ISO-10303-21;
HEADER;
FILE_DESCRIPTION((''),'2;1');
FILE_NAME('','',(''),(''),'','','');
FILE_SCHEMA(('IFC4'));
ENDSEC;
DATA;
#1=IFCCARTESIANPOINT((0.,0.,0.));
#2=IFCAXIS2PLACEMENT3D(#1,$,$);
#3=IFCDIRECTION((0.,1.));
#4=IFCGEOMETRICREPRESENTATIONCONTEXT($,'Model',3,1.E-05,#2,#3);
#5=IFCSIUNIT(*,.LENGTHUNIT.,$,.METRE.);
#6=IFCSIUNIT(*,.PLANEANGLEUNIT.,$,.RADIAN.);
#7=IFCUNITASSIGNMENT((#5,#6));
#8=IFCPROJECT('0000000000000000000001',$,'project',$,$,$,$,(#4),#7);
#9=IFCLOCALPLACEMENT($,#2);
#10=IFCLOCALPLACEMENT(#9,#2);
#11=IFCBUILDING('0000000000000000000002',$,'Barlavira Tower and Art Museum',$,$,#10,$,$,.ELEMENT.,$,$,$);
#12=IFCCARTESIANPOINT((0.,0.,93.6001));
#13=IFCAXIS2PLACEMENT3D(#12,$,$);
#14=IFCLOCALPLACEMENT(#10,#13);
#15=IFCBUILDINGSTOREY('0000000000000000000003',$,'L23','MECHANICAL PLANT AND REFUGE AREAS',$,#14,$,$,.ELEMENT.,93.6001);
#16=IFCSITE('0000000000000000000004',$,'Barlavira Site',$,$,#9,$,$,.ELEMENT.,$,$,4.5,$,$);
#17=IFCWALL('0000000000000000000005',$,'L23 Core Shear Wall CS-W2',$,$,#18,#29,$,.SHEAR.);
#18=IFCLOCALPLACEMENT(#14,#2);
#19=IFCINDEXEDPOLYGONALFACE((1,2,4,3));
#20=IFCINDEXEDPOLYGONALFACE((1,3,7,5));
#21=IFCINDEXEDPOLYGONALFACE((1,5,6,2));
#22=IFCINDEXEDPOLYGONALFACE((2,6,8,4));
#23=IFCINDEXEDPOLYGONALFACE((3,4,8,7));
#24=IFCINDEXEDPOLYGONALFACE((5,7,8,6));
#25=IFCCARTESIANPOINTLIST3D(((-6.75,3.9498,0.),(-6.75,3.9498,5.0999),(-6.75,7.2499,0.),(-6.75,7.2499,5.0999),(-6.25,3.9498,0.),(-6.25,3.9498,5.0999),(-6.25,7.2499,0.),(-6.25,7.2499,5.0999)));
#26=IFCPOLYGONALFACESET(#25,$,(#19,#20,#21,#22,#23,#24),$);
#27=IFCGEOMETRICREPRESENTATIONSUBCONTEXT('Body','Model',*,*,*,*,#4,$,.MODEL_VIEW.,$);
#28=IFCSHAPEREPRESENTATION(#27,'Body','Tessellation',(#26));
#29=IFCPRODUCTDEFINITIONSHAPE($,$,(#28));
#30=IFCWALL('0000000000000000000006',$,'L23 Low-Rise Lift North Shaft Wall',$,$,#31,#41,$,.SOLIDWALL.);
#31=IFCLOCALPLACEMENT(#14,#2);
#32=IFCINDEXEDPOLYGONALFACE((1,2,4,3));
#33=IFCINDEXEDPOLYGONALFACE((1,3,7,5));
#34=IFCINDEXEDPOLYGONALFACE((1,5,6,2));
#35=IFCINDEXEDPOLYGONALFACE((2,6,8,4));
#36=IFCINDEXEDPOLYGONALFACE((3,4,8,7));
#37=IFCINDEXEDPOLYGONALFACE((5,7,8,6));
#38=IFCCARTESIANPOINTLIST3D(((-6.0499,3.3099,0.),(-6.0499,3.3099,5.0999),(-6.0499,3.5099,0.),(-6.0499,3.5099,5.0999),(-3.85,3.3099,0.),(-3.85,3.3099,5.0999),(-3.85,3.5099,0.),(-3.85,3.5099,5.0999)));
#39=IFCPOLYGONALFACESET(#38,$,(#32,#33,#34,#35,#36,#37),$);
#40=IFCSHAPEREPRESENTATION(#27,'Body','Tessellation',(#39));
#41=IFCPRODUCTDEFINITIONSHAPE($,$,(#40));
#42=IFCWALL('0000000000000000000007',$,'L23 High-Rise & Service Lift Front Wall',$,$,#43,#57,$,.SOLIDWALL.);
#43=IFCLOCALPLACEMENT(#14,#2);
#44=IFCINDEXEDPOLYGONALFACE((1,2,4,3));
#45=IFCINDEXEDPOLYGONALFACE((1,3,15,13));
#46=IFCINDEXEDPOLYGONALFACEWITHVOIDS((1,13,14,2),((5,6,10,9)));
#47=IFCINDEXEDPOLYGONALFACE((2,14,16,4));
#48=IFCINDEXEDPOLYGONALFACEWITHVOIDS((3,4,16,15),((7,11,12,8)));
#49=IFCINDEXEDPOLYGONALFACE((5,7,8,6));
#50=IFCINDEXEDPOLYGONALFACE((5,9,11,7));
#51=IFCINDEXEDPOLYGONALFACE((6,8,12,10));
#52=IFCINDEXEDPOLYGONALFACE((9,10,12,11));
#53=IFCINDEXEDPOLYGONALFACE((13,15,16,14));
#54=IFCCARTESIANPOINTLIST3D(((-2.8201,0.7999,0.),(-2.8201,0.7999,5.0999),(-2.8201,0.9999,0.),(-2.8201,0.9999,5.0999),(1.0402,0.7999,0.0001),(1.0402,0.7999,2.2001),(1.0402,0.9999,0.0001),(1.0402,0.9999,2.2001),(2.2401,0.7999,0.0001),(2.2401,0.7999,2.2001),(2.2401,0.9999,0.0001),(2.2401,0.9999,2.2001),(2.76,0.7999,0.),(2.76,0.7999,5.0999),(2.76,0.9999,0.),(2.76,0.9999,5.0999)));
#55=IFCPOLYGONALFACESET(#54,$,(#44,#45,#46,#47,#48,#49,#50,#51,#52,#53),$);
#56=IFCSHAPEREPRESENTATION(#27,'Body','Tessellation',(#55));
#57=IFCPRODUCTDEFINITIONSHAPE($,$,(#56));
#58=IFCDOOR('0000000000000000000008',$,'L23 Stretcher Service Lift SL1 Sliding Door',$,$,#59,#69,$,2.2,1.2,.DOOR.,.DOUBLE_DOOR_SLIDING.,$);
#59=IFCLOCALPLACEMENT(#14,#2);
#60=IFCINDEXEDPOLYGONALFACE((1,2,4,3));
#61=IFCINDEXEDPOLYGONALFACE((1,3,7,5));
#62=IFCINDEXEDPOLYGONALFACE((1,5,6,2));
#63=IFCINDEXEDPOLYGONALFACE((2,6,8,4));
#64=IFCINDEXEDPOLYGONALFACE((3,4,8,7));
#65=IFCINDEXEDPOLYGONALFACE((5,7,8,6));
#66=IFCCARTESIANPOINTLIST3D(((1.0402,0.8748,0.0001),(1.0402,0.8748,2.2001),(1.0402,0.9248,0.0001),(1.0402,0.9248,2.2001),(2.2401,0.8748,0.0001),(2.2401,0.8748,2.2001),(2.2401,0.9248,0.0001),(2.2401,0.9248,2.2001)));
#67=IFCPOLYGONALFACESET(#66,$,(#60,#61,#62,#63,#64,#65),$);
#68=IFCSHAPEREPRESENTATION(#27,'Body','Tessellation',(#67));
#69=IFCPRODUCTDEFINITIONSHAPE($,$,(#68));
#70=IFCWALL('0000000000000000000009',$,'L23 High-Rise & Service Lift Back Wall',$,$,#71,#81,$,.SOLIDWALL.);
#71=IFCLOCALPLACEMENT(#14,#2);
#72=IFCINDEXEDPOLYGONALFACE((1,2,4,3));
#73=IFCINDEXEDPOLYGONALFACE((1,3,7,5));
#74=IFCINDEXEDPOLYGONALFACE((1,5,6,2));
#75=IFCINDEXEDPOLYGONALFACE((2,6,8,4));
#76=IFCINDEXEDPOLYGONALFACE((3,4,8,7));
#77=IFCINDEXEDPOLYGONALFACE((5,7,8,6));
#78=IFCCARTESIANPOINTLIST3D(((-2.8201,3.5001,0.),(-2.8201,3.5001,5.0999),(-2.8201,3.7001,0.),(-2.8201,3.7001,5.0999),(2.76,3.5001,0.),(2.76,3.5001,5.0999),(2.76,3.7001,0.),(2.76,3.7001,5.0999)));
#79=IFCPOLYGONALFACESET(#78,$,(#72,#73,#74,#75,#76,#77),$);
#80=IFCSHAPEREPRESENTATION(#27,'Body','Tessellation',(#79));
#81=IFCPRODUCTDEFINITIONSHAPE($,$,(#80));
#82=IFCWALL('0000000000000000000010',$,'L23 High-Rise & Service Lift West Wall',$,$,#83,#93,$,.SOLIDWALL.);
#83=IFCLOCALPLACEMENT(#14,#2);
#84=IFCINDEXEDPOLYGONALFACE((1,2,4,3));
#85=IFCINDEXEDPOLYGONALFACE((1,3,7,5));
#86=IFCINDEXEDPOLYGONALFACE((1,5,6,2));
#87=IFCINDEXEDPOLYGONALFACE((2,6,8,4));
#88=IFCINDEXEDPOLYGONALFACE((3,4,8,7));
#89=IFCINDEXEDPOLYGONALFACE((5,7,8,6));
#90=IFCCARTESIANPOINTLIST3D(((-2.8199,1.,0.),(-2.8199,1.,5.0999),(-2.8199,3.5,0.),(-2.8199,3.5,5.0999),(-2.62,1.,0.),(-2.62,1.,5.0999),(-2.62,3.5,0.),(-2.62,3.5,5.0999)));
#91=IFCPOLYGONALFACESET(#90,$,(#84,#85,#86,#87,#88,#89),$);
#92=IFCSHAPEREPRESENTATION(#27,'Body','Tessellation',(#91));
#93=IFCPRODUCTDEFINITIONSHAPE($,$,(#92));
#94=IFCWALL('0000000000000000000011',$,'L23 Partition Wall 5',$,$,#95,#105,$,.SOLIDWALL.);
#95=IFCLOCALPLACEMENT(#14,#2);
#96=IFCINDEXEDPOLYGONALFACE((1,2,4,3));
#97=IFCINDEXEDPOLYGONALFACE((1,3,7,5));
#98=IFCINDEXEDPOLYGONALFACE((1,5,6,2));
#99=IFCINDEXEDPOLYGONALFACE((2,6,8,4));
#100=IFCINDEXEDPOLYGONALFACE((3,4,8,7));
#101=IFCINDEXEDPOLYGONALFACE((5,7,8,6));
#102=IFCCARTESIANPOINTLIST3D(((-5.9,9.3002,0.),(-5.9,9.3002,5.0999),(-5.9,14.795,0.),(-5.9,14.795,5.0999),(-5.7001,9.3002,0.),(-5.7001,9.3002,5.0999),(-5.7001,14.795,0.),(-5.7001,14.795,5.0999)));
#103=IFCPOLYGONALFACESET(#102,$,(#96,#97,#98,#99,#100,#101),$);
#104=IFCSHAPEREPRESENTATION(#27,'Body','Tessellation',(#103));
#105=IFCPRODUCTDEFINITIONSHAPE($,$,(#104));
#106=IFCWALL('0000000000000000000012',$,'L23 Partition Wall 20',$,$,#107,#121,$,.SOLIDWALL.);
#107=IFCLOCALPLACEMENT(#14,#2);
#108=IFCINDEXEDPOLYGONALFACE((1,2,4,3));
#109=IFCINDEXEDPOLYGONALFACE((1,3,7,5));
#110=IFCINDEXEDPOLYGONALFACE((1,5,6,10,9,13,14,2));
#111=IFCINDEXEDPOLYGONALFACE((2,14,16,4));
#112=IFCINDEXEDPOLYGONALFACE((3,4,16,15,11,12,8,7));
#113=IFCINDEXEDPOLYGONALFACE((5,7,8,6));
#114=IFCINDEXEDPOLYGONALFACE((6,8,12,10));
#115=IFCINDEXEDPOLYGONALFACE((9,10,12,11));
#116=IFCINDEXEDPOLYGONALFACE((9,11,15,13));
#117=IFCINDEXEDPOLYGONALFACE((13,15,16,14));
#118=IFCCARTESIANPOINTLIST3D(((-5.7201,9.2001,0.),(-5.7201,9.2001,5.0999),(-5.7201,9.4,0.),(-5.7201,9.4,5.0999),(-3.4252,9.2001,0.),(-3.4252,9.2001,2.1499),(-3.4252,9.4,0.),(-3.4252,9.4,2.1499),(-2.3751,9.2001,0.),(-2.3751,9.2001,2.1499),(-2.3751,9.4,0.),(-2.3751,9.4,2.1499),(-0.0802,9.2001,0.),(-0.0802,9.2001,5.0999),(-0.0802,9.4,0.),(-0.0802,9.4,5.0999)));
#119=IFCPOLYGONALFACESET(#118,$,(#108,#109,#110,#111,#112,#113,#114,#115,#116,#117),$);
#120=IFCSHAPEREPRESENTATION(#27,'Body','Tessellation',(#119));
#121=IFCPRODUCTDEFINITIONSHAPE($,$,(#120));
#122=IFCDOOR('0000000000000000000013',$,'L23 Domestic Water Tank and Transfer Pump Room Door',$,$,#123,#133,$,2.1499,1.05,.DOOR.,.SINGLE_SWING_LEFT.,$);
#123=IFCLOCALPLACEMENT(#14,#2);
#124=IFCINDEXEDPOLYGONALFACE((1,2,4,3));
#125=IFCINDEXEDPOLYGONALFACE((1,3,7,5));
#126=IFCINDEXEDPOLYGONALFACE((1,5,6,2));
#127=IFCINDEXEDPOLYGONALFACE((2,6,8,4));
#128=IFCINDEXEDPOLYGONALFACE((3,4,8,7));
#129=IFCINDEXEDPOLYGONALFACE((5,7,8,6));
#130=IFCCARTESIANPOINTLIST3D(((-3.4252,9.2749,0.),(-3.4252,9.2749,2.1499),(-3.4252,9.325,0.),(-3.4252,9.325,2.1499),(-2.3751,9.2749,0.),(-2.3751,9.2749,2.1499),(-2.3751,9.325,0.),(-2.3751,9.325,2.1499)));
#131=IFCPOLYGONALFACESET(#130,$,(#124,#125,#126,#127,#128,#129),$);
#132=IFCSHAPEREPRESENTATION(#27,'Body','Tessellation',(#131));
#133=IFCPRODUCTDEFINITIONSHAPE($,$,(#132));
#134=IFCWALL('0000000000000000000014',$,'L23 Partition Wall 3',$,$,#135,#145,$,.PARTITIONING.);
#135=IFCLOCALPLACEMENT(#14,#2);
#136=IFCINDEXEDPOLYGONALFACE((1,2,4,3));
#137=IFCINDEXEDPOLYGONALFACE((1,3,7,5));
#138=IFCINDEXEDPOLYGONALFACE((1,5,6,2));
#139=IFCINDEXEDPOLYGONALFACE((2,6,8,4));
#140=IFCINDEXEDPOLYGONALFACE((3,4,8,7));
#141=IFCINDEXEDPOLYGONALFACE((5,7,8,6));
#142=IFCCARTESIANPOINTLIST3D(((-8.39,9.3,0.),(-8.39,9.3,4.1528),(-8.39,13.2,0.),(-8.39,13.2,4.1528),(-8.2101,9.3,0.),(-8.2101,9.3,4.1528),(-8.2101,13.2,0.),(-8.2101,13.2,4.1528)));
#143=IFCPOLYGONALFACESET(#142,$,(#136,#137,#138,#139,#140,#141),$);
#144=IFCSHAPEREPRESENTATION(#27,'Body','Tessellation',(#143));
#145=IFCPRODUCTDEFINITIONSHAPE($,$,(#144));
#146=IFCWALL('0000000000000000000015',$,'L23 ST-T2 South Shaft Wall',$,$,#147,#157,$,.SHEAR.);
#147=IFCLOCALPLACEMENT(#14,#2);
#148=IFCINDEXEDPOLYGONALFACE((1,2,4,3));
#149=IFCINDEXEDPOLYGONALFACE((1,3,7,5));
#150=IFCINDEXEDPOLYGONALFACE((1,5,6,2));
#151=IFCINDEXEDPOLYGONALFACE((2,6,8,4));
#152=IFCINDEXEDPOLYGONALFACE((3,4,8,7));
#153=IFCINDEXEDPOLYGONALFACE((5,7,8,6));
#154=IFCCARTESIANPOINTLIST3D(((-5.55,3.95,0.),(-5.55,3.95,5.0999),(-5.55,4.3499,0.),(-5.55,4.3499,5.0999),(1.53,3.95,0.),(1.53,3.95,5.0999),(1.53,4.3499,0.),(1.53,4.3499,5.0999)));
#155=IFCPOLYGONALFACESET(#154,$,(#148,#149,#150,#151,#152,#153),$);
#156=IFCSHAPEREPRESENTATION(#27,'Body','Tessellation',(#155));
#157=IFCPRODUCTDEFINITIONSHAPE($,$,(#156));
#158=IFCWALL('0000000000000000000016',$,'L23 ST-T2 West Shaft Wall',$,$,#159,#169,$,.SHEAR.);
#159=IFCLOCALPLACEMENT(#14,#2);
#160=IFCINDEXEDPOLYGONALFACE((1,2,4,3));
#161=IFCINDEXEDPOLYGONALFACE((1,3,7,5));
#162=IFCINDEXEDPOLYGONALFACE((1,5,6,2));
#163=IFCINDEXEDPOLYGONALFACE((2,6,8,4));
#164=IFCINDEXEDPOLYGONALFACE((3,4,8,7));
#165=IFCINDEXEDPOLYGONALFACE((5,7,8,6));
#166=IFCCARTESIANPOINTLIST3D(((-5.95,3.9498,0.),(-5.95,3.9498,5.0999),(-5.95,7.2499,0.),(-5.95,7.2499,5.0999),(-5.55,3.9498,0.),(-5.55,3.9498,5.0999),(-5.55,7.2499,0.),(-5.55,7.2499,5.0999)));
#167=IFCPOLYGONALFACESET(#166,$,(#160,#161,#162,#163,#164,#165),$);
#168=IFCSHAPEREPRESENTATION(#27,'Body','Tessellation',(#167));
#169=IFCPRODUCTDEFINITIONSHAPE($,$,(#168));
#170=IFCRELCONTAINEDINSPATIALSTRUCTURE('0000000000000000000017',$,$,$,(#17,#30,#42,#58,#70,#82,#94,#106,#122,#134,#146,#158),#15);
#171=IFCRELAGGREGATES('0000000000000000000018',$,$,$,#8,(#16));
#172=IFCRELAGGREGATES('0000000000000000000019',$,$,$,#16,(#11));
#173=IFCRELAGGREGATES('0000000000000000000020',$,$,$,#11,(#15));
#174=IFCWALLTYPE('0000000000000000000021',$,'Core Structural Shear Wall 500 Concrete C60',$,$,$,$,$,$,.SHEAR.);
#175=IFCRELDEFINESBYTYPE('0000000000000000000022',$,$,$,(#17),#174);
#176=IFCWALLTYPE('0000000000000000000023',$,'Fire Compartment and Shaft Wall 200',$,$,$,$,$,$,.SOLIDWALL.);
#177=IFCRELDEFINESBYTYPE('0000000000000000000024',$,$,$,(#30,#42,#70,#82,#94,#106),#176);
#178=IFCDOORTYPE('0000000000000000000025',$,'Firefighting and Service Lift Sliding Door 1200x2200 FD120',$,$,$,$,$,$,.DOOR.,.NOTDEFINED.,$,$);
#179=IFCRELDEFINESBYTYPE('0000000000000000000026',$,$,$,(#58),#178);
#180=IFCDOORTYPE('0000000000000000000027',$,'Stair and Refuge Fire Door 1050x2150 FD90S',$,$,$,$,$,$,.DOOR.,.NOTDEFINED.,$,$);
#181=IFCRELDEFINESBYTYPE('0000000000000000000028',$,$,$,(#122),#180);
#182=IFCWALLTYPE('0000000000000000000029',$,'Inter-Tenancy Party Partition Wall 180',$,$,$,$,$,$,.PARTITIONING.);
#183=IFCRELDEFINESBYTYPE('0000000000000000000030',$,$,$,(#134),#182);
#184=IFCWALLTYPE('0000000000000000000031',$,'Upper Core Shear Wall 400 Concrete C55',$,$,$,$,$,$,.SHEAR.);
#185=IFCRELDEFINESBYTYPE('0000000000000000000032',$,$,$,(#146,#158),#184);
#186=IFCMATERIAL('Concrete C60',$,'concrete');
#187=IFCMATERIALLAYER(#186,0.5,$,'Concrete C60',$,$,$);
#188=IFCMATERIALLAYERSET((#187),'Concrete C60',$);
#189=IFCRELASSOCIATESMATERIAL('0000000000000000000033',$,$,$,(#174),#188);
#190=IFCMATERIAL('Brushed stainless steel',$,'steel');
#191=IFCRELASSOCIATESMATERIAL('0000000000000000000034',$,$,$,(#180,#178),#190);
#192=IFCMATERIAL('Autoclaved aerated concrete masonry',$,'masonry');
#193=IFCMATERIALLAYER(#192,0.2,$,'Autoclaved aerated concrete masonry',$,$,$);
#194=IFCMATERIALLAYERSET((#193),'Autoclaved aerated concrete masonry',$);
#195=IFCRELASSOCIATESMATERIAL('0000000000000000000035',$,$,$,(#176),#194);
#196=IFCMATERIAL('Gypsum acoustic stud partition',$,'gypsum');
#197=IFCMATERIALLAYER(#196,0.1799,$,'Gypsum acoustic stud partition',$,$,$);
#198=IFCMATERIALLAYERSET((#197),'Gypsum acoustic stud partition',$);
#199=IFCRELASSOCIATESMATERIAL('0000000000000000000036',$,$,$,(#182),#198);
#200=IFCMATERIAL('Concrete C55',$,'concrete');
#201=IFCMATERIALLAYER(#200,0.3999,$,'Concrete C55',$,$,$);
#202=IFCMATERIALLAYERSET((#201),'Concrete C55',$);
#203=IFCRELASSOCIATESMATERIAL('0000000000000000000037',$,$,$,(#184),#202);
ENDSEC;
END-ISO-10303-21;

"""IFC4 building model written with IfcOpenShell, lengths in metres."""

from ifc_helpers import new_model, si_unit, direction, frame, frame_2d, origin, place, context, subcontext, project, spatial, rectangle, extrude, material, layer, layer_set, type_object, element, fill, save


model = new_model("IFC4")

# Units and contexts
model_context = context("Model", 3, precision=1e-05, world=origin(), true_north=direction((0.0, 1.0)))
body_context = subcontext(model_context, "Body", "Model", "MODEL_VIEW")
ifc_project = project(units=[si_unit("LENGTHUNIT", "METRE"), si_unit("PLANEANGLEUNIT", "RADIAN")], contexts=[model_context])

# Site, building, storey
site_placement = place(None, origin())
site = spatial("IfcSite", under=ifc_project, at=site_placement, Name="Barlavira Site", CompositionType="ELEMENT", RefElevation=4.5)
building_placement = place(site_placement, origin())
building = spatial("IfcBuilding", under=site, at=building_placement, Name="Barlavira Tower and Art Museum", CompositionType="ELEMENT")
storey_placement = place(building_placement, frame((0.0, 0.0, 93.6001)))
storey = spatial("IfcBuildingStorey", under=building, at=storey_placement, Name="L23", Description="MECHANICAL PLANT AND REFUGE AREAS", CompositionType="ELEMENT", Elevation=93.6001)

# Shared definitions
ifc_material_1 = material(Name="Concrete C60", Category="concrete")
ifc_layer_1 = layer(ifc_material_1, 0.5, Name="Concrete C60")
ifc_layer_set_1 = layer_set([ifc_layer_1], Name="Concrete C60")
wall_type_1 = type_object("IfcWallType", Name="Core Structural Shear Wall 500 Concrete C60", PredefinedType="SHEAR", material=ifc_layer_set_1)
ifc_material_2 = material(Name="Brushed stainless steel", Category="steel")
door_type_1 = type_object("IfcDoorType", Name="Stair and Refuge Fire Door 1050x2150 FD90S", OperationType="NOTDEFINED", PredefinedType="DOOR", material=ifc_material_2)

# Walls
wall_1_placement = place(storey_placement, frame((-6.5, 3.95, 0.0), z_axis=(0.0, 0.0, 1.0), x_axis=(0.0, 1.0, 0.0)))
element("IfcWall", 1, at=wall_1_placement, inside=storey, type_object=wall_type_1, Name="L23 Core Shear Wall CS-W2", PredefinedType="SHEAR", context=body_context, shape_type="SweptSolid", body=[
    extrude(rectangle(XDim=3.3, YDim=0.5, at=frame_2d((1.6499, 0.0))), origin(), (0.0, 0.0, 1.0), 5.0999),
])
ifc_material_3 = material(Name="Autoclaved aerated concrete masonry", Category="masonry")
ifc_layer_2 = layer(ifc_material_3, 0.2, Name="Autoclaved aerated concrete masonry")
ifc_layer_set_2 = layer_set([ifc_layer_2], Name="Autoclaved aerated concrete masonry")
wall_type_2 = type_object("IfcWallType", Name="Fire Compartment and Shaft Wall 200", PredefinedType="SOLIDWALL", material=ifc_layer_set_2)
wall_2_placement = place(storey_placement, frame((-6.05, 3.4099, 0.0), z_axis=(0.0, 0.0, 1.0), x_axis=(1.0, 0.0, 0.0)))
element("IfcWall", 2, at=wall_2_placement, inside=storey, type_object=wall_type_2, Name="L23 Low-Rise Lift North Shaft Wall", PredefinedType="SOLIDWALL", context=body_context, shape_type="SweptSolid", body=[
    extrude(rectangle(XDim=2.2, YDim=0.2, at=frame_2d((1.1001, 0.0))), origin(), (0.0, 0.0, 1.0), 5.0999),
])

# Wall, opening, door
wall_3_placement = place(storey_placement, frame((-2.8201, 0.8999, 0.0), z_axis=(0.0, 0.0, 1.0), x_axis=(1.0, 0.0, 0.0)))
wall_3 = element("IfcWall", 3, at=wall_3_placement, inside=storey, type_object=wall_type_2, Name="L23 High-Rise & Service Lift Front Wall", PredefinedType="SOLIDWALL", context=body_context, shape_type="SweptSolid", body=[
    extrude(rectangle(XDim=5.5801, YDim=0.2, at=frame_2d((2.79, 0.0))), origin(), (0.0, 0.0, 1.0), 5.0999),
])
opening_1_placement = place(wall_3_placement, frame((3.8601, 0.0, 0.0)))
opening_1 = element("IfcOpeningElement", 4, at=opening_1_placement, cuts=wall_3, PredefinedType="OPENING", context=body_context, shape_type="SweptSolid", body=[
    extrude(rectangle(XDim=1.2, YDim=2.2, at=frame_2d((0.6001, 1.1001))), frame((0.0, 0.1099, 0.0), z_axis=(0.0, -1.0, 0.0), x_axis=(1.0, 0.0, 0.0)), (0.0, 0.0, 1.0), 0.22),
])
door_type_2 = type_object("IfcDoorType", Name="Firefighting and Service Lift Sliding Door 1200x2200 FD120", OperationType="NOTDEFINED", PredefinedType="DOOR", material=ifc_material_2)
door_1_placement = place(opening_1_placement, origin())
door_1 = element("IfcDoor", 5, at=door_1_placement, inside=storey, type_object=door_type_2, Name="L23 Stretcher Service Lift SL1 Sliding Door", OperationType="DOUBLE_DOOR_SLIDING", OverallHeight=2.2, OverallWidth=1.2, PredefinedType="DOOR", context=body_context, shape_type="SweptSolid", body=[
    extrude(rectangle(XDim=1.2, YDim=2.2, at=frame_2d((0.6001, 1.1001))), frame((0.0, 0.0249, 0.0), z_axis=(0.0, -1.0, 0.0), x_axis=(1.0, 0.0, 0.0)), (0.0, 0.0, 1.0), 0.05),
])
fill(opening_1, door_1)

# Walls
wall_4_placement = place(storey_placement, frame((-2.8201, 3.6001, 0.0), z_axis=(0.0, 0.0, 1.0), x_axis=(1.0, 0.0, 0.0)))
element("IfcWall", 6, at=wall_4_placement, inside=storey, type_object=wall_type_2, Name="L23 High-Rise & Service Lift Back Wall", PredefinedType="SOLIDWALL", context=body_context, shape_type="SweptSolid", body=[
    extrude(rectangle(XDim=5.5801, YDim=0.2, at=frame_2d((2.79, 0.0))), origin(), (0.0, 0.0, 1.0), 5.0999),
])
wall_5_placement = place(storey_placement, frame((-2.72, 1.0, 0.0), z_axis=(0.0, 0.0, 1.0), x_axis=(0.0, 1.0, 0.0)))
element("IfcWall", 7, at=wall_5_placement, inside=storey, type_object=wall_type_2, Name="L23 High-Rise & Service Lift West Wall", PredefinedType="SOLIDWALL", context=body_context, shape_type="SweptSolid", body=[
    extrude(rectangle(XDim=2.5, YDim=0.2, at=frame_2d((1.25, 0.0))), origin(), (0.0, 0.0, 1.0), 5.0999),
])
wall_6_placement = place(storey_placement, frame((-5.8, 9.3, 0.0), z_axis=(0.0, 0.0, 1.0), x_axis=(0.0, 1.0, 0.0)))
element("IfcWall", 8, at=wall_6_placement, inside=storey, type_object=wall_type_2, Name="L23 Partition Wall 5", PredefinedType="SOLIDWALL", context=body_context, shape_type="SweptSolid", body=[
    extrude(rectangle(XDim=5.4949, YDim=0.2, at=frame_2d((2.7476, 0.0))), origin(), (0.0, 0.0, 1.0), 5.0999),
])

# Wall, opening, door
wall_7_placement = place(storey_placement, frame((-5.72, 9.3, 0.0), z_axis=(0.0, 0.0, 1.0), x_axis=(1.0, 0.0, 0.0)))
wall_7 = element("IfcWall", 9, at=wall_7_placement, inside=storey, type_object=wall_type_2, Name="L23 Partition Wall 20", PredefinedType="SOLIDWALL", context=body_context, shape_type="SweptSolid", body=[
    extrude(rectangle(XDim=5.6399, YDim=0.2, at=frame_2d((2.8198, 0.0))), origin(), (0.0, 0.0, 1.0), 5.0999),
])
opening_2_placement = place(wall_7_placement, frame((2.2949, 0.0, 0.0)))
opening_2 = element("IfcOpeningElement", 10, at=opening_2_placement, cuts=wall_7, PredefinedType="OPENING", context=body_context, shape_type="SweptSolid", body=[
    extrude(rectangle(XDim=1.05, YDim=2.1499, at=frame_2d((0.5249, 1.075))), frame((0.0, 0.1099, 0.0), z_axis=(0.0, -1.0, 0.0), x_axis=(1.0, 0.0, 0.0)), (0.0, 0.0, 1.0), 0.22),
])
door_2_placement = place(opening_2_placement, origin())
door_2 = element("IfcDoor", 11, at=door_2_placement, inside=storey, type_object=door_type_1, Name="L23 Domestic Water Tank and Transfer Pump Room Door", OperationType="SINGLE_SWING_LEFT", OverallHeight=2.1499, OverallWidth=1.05, PredefinedType="DOOR", context=body_context, shape_type="SweptSolid", body=[
    extrude(rectangle(XDim=1.05, YDim=2.1499, at=frame_2d((0.5249, 1.075))), frame((0.0, 0.0249, 0.0), z_axis=(0.0, -1.0, 0.0), x_axis=(1.0, 0.0, 0.0)), (0.0, 0.0, 1.0), 0.05),
])
fill(opening_2, door_2)

# Walls
ifc_material_4 = material(Name="Gypsum acoustic stud partition", Category="gypsum")
ifc_layer_3 = layer(ifc_material_4, 0.1799, Name="Gypsum acoustic stud partition")
ifc_layer_set_3 = layer_set([ifc_layer_3], Name="Gypsum acoustic stud partition")
wall_type_3 = type_object("IfcWallType", Name="Inter-Tenancy Party Partition Wall 180", PredefinedType="PARTITIONING", material=ifc_layer_set_3)
wall_8_placement = place(storey_placement, frame((-8.3, 9.3, 0.0), z_axis=(0.0, 0.0, 1.0), x_axis=(0.0, 1.0, 0.0)))
element("IfcWall", 12, at=wall_8_placement, inside=storey, type_object=wall_type_3, Name="L23 Partition Wall 3", PredefinedType="PARTITIONING", context=body_context, shape_type="SweptSolid", body=[
    extrude(rectangle(XDim=3.8999, YDim=0.1799, at=frame_2d((1.95, 0.0))), origin(), (0.0, 0.0, 1.0), 4.1528),
])
ifc_material_5 = material(Name="Concrete C55", Category="concrete")
ifc_layer_4 = layer(ifc_material_5, 0.3999, Name="Concrete C55")
ifc_layer_set_4 = layer_set([ifc_layer_4], Name="Concrete C55")
wall_type_4 = type_object("IfcWallType", Name="Upper Core Shear Wall 400 Concrete C55", PredefinedType="SHEAR", material=ifc_layer_set_4)
wall_9_placement = place(storey_placement, frame((-5.55, 4.1499, 0.0), z_axis=(0.0, 0.0, 1.0), x_axis=(1.0, 0.0, 0.0)))
element("IfcWall", 13, at=wall_9_placement, inside=storey, type_object=wall_type_4, Name="L23 ST-T2 South Shaft Wall", PredefinedType="SHEAR", context=body_context, shape_type="SweptSolid", body=[
    extrude(rectangle(XDim=7.0801, YDim=0.3999, at=frame_2d((3.54, 0.0))), origin(), (0.0, 0.0, 1.0), 5.0999),
])
wall_10_placement = place(storey_placement, frame((-5.75, 3.95, 0.0), z_axis=(0.0, 0.0, 1.0), x_axis=(0.0, 1.0, 0.0)))
element("IfcWall", 14, at=wall_10_placement, inside=storey, type_object=wall_type_4, Name="L23 ST-T2 West Shaft Wall", PredefinedType="SHEAR", context=body_context, shape_type="SweptSolid", body=[
    extrude(rectangle(XDim=3.3, YDim=0.3999, at=frame_2d((1.6499, 0.0))), origin(), (0.0, 0.0, 1.0), 5.0999),
])

save(model, "model.ifc")
